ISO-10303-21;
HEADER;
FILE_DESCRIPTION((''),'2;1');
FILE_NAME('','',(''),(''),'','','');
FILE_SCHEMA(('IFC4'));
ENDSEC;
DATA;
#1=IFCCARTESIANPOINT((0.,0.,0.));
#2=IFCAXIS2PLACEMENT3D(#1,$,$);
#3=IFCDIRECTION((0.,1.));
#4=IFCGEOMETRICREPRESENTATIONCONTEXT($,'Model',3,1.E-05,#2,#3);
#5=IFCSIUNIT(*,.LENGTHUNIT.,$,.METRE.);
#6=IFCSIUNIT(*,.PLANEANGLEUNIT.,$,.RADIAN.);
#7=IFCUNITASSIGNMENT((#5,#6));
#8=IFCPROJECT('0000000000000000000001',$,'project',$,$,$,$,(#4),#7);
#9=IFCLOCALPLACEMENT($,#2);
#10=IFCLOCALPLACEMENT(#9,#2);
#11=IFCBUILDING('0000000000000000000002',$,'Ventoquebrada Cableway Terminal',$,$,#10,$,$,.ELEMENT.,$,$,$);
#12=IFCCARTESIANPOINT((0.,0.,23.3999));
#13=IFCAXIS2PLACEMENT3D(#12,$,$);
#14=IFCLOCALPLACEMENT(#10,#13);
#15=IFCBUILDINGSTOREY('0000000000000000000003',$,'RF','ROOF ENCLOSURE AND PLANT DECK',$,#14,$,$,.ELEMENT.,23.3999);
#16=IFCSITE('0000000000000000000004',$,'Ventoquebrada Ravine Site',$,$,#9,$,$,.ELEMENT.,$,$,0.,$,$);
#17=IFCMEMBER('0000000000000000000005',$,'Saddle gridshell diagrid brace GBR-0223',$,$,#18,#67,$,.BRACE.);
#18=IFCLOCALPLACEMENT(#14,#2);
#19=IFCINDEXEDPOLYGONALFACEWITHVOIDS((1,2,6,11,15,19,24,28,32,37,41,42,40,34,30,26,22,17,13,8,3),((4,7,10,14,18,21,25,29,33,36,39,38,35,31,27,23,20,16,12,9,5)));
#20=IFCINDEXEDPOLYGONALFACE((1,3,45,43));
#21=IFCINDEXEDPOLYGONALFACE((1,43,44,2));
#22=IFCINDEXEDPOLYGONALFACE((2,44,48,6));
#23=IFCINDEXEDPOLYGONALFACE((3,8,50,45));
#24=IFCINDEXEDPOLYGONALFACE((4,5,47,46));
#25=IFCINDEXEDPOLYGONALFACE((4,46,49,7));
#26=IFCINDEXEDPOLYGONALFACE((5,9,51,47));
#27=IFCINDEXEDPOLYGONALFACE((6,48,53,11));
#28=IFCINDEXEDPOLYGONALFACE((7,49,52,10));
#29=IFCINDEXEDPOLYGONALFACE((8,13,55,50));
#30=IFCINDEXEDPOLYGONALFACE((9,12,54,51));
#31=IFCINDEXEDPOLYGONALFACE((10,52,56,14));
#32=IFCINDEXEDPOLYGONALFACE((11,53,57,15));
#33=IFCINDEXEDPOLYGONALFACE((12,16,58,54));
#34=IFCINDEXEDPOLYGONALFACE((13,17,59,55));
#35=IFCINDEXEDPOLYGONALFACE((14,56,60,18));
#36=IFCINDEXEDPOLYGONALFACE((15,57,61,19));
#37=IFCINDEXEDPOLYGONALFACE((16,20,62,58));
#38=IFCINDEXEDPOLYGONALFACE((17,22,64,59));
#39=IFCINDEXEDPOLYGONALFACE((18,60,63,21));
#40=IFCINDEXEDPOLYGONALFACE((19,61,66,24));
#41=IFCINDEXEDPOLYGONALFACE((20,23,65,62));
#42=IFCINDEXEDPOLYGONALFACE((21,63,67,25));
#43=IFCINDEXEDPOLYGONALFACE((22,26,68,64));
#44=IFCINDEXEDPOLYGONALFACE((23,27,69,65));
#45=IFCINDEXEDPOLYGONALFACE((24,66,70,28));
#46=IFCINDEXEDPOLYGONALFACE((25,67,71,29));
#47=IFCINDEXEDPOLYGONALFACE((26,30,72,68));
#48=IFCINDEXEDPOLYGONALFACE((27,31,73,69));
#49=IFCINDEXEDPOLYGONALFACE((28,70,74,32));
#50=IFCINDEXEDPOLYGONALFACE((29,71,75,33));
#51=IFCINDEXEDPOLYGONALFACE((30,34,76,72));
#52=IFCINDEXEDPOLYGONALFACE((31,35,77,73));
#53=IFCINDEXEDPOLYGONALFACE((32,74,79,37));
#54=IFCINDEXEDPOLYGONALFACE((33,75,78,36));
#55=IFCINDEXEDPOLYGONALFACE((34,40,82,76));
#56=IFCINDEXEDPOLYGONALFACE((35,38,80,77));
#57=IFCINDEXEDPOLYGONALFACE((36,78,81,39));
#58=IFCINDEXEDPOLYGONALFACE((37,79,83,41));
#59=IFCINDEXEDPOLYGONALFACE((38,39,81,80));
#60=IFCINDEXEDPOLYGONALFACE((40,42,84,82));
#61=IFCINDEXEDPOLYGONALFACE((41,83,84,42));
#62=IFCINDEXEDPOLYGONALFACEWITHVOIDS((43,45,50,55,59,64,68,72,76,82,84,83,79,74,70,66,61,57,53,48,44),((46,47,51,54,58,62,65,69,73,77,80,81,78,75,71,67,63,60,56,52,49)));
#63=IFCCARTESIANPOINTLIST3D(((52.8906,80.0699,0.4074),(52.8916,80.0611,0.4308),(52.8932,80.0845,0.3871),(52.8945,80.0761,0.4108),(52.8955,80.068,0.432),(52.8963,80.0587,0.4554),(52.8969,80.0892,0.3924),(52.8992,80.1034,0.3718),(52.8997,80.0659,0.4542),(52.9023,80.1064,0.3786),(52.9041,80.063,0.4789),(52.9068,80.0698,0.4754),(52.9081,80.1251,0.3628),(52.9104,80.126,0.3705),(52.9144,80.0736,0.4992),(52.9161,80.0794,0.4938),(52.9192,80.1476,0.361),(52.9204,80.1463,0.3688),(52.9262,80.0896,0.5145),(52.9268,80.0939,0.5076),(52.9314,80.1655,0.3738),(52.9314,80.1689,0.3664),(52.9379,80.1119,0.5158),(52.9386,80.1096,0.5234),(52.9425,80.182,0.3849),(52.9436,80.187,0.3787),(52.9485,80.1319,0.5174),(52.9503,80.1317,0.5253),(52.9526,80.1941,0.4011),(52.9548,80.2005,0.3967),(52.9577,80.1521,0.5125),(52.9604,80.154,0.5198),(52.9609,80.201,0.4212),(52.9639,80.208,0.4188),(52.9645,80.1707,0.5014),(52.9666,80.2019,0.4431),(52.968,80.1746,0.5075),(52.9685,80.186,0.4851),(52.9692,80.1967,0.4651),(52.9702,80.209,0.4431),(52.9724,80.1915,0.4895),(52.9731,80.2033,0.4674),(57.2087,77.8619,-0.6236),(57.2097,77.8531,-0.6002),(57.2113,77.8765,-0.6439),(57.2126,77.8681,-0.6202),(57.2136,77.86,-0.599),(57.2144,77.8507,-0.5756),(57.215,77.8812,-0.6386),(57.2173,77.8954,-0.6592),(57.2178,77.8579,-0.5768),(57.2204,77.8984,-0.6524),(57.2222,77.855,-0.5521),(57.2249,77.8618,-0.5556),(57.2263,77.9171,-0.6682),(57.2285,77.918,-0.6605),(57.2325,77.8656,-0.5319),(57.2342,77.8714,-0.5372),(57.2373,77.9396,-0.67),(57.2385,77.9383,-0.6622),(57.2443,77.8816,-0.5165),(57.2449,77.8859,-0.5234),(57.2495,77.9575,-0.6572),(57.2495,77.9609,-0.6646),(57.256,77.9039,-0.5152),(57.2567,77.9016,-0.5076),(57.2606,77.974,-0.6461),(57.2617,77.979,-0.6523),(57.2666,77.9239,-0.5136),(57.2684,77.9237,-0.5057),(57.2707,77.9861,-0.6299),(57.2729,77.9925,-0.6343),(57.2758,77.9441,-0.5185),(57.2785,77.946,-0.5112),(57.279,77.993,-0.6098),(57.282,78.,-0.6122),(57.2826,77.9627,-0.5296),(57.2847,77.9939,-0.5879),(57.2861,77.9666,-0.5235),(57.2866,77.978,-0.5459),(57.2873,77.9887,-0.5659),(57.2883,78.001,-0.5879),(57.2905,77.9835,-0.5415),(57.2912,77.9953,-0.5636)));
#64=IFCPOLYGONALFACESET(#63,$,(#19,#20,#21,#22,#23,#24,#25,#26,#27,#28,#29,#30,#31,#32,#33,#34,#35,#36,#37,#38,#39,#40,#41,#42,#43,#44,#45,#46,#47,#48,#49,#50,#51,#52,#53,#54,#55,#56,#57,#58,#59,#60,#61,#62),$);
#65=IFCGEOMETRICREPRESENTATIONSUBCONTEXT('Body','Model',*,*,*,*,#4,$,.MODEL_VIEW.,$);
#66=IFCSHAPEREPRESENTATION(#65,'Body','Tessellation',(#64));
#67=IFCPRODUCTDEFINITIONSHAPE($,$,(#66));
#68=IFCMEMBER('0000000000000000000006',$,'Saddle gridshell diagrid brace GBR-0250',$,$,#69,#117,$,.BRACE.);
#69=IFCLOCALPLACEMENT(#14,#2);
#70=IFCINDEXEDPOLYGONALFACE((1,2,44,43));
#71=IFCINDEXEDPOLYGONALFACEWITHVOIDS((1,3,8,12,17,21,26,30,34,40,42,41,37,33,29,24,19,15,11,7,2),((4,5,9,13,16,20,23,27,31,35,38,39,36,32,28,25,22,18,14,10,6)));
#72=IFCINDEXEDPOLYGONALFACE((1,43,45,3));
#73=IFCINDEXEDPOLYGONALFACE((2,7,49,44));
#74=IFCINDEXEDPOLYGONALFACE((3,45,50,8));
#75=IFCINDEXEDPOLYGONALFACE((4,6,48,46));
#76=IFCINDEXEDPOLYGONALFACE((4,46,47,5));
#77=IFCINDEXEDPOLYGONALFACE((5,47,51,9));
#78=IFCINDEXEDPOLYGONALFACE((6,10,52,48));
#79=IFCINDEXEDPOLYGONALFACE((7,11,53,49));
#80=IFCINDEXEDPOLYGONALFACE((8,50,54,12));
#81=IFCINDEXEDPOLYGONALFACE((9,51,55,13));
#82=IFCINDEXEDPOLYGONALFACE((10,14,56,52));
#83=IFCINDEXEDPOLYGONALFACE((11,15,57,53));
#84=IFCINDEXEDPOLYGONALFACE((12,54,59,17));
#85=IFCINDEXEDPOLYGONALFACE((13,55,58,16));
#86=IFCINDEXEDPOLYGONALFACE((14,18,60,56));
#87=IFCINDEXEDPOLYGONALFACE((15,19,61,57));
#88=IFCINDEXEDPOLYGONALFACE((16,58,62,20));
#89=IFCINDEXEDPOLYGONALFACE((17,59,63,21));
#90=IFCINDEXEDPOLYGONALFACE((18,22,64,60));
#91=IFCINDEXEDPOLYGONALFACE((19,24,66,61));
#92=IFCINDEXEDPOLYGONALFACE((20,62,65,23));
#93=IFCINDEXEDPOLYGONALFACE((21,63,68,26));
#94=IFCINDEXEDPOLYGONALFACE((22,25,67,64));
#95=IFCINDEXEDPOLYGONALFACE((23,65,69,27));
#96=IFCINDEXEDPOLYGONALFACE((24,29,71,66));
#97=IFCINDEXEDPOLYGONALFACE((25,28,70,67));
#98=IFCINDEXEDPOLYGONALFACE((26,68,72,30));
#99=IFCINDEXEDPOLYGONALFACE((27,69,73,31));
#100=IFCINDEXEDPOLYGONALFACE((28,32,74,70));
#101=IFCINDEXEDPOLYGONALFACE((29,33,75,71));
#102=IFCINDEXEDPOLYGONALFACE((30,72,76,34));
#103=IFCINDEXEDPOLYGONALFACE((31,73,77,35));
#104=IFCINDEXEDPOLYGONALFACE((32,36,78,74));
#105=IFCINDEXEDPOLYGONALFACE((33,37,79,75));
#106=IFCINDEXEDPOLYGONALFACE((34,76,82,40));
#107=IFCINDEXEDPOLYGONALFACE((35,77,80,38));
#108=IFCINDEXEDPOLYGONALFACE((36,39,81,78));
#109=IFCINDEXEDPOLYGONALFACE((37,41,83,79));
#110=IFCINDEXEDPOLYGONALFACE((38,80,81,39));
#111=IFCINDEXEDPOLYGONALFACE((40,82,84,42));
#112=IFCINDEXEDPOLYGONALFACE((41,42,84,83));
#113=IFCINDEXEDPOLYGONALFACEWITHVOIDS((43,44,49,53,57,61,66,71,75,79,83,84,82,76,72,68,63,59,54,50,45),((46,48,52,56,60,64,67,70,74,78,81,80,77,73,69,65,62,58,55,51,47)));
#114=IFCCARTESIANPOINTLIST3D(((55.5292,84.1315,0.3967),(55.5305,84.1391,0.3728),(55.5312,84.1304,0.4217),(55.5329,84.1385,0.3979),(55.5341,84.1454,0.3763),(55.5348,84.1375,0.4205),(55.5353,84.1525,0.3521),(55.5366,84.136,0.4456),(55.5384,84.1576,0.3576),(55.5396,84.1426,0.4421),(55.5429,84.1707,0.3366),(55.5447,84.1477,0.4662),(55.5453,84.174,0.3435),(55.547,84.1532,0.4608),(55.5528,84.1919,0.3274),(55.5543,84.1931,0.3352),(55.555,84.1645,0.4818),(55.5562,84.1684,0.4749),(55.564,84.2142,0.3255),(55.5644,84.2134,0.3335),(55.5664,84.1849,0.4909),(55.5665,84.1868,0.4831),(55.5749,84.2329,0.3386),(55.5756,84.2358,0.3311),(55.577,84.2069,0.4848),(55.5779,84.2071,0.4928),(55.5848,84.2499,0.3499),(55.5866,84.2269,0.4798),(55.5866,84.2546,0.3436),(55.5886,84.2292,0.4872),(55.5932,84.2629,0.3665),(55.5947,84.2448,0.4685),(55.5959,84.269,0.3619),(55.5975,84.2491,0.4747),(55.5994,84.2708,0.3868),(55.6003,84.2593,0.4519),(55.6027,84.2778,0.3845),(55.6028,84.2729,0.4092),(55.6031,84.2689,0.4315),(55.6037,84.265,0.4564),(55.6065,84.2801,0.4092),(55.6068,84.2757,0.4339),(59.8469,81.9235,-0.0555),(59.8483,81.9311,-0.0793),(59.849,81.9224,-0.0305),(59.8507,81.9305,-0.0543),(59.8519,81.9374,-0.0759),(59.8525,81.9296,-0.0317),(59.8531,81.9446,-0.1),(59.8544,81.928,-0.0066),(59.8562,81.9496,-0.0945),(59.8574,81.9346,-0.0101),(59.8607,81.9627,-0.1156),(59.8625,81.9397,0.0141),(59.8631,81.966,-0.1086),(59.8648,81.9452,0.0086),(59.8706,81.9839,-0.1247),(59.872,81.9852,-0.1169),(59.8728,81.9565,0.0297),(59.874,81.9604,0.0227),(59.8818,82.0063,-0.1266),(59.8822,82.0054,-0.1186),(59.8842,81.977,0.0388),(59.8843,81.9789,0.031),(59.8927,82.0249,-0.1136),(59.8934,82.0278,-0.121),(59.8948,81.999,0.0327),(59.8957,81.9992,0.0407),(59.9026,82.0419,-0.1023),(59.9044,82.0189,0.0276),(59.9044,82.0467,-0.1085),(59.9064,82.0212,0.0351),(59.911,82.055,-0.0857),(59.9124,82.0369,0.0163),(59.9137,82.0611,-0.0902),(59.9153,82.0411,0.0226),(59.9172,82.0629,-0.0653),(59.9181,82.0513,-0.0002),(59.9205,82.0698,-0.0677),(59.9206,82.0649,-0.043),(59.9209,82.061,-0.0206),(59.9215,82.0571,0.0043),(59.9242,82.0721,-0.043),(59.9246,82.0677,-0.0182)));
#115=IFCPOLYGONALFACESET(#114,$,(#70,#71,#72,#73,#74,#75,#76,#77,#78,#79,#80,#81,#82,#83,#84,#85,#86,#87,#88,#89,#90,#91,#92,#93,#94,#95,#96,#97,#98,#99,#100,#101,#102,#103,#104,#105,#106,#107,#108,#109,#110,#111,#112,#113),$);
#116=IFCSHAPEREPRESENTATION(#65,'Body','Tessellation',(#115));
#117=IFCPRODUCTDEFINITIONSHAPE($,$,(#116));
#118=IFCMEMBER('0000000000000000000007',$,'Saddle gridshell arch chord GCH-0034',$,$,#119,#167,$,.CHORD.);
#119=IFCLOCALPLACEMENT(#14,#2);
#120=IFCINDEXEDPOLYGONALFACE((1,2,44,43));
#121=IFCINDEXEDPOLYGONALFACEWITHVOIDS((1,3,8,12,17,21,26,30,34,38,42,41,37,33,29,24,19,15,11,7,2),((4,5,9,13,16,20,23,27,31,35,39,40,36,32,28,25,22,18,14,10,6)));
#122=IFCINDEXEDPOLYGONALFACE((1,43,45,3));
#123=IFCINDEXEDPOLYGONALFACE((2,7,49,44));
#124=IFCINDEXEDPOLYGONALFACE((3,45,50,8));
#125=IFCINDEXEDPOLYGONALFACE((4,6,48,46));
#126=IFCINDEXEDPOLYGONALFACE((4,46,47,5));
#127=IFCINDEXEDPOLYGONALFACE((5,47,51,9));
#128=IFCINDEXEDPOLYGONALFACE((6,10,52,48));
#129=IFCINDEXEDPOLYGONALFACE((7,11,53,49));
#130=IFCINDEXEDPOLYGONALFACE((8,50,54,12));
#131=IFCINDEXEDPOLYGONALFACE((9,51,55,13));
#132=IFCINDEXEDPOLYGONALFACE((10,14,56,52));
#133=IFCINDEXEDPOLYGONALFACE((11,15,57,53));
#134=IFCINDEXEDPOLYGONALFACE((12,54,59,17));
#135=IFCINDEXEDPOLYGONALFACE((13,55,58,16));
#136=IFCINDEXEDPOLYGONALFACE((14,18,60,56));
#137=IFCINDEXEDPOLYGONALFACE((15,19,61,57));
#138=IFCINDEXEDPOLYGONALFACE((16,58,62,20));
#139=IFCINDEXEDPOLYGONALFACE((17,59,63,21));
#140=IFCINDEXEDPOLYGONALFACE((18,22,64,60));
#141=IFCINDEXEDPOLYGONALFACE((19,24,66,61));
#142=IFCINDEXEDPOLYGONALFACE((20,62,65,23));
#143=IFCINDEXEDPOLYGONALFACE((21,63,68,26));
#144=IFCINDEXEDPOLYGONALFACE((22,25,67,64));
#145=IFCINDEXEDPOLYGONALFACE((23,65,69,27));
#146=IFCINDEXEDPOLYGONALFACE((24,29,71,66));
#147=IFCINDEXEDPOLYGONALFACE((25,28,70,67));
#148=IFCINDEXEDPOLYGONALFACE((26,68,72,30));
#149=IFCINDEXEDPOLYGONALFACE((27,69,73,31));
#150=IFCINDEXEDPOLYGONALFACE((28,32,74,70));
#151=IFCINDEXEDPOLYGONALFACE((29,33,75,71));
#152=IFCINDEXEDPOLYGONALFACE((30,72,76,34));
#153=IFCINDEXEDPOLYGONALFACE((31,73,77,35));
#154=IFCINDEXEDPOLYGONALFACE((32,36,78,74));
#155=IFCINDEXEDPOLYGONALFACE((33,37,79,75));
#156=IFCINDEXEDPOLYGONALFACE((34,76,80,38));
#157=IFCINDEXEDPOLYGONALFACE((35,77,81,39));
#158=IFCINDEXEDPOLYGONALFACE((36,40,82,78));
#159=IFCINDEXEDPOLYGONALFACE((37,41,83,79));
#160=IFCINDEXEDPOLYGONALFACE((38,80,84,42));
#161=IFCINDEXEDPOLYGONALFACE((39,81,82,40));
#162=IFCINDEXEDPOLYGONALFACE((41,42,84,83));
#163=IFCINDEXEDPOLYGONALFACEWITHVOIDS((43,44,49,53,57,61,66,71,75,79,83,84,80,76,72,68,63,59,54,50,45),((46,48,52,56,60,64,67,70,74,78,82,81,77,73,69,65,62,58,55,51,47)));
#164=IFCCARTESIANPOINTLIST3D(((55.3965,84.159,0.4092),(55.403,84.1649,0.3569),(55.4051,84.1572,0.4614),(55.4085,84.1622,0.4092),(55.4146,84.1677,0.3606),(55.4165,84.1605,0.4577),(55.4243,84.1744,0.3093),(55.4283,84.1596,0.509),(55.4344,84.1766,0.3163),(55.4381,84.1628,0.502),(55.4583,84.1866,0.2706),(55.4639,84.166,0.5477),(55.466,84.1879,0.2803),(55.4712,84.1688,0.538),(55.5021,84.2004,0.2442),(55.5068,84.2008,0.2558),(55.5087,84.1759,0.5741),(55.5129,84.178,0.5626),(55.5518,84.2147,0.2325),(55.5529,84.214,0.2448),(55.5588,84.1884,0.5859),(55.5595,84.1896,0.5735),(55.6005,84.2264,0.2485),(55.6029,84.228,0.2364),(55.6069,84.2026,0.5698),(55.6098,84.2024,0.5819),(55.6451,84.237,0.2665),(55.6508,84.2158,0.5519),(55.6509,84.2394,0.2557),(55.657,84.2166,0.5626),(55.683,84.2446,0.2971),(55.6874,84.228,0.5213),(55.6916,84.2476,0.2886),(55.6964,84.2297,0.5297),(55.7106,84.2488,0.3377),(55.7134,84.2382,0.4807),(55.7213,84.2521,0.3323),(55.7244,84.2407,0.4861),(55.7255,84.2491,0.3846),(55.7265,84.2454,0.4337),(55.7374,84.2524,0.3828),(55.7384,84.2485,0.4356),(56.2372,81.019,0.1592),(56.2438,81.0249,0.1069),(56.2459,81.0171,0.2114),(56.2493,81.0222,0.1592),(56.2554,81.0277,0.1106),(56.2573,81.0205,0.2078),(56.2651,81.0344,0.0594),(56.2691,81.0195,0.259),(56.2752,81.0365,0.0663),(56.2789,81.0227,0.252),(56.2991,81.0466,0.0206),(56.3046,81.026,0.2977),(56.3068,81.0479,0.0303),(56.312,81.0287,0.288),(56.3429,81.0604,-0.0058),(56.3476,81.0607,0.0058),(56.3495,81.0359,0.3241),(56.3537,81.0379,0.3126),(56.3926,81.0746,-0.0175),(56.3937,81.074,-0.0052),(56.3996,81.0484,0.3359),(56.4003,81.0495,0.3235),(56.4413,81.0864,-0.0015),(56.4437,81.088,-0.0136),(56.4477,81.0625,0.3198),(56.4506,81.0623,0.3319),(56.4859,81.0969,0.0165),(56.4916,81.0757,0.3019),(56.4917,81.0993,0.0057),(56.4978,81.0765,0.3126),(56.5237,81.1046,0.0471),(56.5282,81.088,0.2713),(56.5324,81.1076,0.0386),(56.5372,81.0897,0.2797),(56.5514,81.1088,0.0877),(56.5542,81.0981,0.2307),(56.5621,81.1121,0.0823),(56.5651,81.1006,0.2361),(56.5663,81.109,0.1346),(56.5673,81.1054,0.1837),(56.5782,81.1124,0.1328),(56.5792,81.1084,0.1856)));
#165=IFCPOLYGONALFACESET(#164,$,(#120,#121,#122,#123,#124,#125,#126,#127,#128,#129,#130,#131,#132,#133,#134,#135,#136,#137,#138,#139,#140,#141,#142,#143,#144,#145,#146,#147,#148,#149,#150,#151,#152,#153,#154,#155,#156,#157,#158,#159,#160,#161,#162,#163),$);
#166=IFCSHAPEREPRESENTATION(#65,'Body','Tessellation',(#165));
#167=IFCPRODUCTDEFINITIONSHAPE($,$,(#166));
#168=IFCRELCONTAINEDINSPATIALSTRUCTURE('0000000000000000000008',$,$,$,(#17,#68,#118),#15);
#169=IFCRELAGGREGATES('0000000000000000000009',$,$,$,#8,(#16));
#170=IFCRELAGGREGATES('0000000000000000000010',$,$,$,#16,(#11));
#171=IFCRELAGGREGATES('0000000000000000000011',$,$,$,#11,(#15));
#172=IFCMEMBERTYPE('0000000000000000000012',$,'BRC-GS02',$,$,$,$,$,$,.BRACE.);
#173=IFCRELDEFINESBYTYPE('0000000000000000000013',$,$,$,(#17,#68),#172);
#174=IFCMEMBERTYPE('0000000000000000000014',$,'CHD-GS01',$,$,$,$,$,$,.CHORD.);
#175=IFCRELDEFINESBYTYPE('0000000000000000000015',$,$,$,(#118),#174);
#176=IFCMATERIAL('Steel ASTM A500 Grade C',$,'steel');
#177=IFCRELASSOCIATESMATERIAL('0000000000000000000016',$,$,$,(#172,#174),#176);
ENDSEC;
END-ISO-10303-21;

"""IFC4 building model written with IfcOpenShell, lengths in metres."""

from ifc_helpers import new_model, si_unit, direction, frame, origin, origin_2d, place, context, subcontext, project, spatial, hollow_circle, extrude, material, material_profile, profile_set, type_object, element, save


model = new_model("IFC4")

# Units and contexts
model_context = context("Model", 3, precision=1e-05, world=origin(), true_north=direction((0.0, 1.0)))
body_context = subcontext(model_context, "Body", "Model", "MODEL_VIEW")
ifc_project = project(units=[si_unit("LENGTHUNIT", "METRE"), si_unit("PLANEANGLEUNIT", "RADIAN")], contexts=[model_context])

# Site, building, storey
site_placement = place(None, origin())
site = spatial("IfcSite", under=ifc_project, at=site_placement, Name="Ventoquebrada Ravine Site", CompositionType="ELEMENT", RefElevation=0.0)
building_placement = place(site_placement, origin())
building = spatial("IfcBuilding", under=site, at=building_placement, Name="Ventoquebrada Cableway Terminal", CompositionType="ELEMENT")
storey_placement = place(building_placement, frame((0.0, 0.0, 23.3999)))
storey = spatial("IfcBuildingStorey", under=building, at=storey_placement, Name="RF", Description="ROOF ENCLOSURE AND PLANT DECK", CompositionType="ELEMENT", Elevation=23.3999)

# Members
ifc_material_1 = material(Name="Steel ASTM A500 Grade C", Category="steel")
ifc_material_profile_1 = material_profile(ifc_material_1, hollow_circle(Radius=0.0842, WallThickness=0.0081, at=origin_2d()), Name="CHS168.3X8")
ifc_profile_set_1 = profile_set([ifc_material_profile_1], Name="Steel ASTM A500 Grade C")
member_type_1 = type_object("IfcMemberType", Name="BRC-GS02", PredefinedType="BRACE", material=ifc_profile_set_1)
member_1_placement = place(storey_placement, frame((52.9319, 80.134, 0.4431), z_axis=(0.870892, -0.445319, -0.207937), x_axis=(0.45527, 0.890354, 0.0)))
element("IfcMember", 1, at=member_1_placement, inside=storey, type_object=member_type_1, Name="Saddle gridshell diagrid brace GBR-0223", PredefinedType="BRACE", context=body_context, shape_type="SweptSolid", body=[
    extrude(hollow_circle(Radius=0.0842, WallThickness=0.0081, at=origin_2d()), origin(), (0.0, 0.0, 1.0), 4.9583),
])
member_2_placement = place(storey_placement, frame((55.5681, 84.2051, 0.4092), z_axis=(0.886499, -0.453324, -0.09283), x_axis=(0.45529, 0.890343, 0.0)))
element("IfcMember", 2, at=member_2_placement, inside=storey, type_object=member_type_1, Name="Saddle gridshell diagrid brace GBR-0250", PredefinedType="BRACE", context=body_context, shape_type="SweptSolid", body=[
    extrude(hollow_circle(Radius=0.0842, WallThickness=0.0081, at=origin_2d()), origin(), (0.0, 0.0, 1.0), 4.8706),
])
ifc_material_profile_2 = material_profile(ifc_material_1, hollow_circle(Radius=0.1777, WallThickness=0.0125, at=origin_2d()), Name="CHS355.6X12.5")
ifc_profile_set_2 = profile_set([ifc_material_profile_2], Name="Steel ASTM A500 Grade C")
member_type_2 = type_object("IfcMemberType", Name="CHD-GS01", PredefinedType="CHORD", material=ifc_profile_set_2)
member_3_placement = place(storey_placement, frame((56.4089, 81.0649, 0.1592), z_axis=(-0.257892, 0.963126, 0.076679), x_axis=(-0.96597, -0.258653, 0.0)))
element("IfcMember", 3, at=member_3_placement, inside=storey, type_object=member_type_2, Name="Saddle gridshell arch chord GCH-0034", PredefinedType="CHORD", context=body_context, shape_type="SweptSolid", body=[
    extrude(hollow_circle(Radius=0.1777, WallThickness=0.0125, at=origin_2d()), origin(), (0.0, 0.0, 1.0), 3.2603),
])

save(model, "model.ifc")
